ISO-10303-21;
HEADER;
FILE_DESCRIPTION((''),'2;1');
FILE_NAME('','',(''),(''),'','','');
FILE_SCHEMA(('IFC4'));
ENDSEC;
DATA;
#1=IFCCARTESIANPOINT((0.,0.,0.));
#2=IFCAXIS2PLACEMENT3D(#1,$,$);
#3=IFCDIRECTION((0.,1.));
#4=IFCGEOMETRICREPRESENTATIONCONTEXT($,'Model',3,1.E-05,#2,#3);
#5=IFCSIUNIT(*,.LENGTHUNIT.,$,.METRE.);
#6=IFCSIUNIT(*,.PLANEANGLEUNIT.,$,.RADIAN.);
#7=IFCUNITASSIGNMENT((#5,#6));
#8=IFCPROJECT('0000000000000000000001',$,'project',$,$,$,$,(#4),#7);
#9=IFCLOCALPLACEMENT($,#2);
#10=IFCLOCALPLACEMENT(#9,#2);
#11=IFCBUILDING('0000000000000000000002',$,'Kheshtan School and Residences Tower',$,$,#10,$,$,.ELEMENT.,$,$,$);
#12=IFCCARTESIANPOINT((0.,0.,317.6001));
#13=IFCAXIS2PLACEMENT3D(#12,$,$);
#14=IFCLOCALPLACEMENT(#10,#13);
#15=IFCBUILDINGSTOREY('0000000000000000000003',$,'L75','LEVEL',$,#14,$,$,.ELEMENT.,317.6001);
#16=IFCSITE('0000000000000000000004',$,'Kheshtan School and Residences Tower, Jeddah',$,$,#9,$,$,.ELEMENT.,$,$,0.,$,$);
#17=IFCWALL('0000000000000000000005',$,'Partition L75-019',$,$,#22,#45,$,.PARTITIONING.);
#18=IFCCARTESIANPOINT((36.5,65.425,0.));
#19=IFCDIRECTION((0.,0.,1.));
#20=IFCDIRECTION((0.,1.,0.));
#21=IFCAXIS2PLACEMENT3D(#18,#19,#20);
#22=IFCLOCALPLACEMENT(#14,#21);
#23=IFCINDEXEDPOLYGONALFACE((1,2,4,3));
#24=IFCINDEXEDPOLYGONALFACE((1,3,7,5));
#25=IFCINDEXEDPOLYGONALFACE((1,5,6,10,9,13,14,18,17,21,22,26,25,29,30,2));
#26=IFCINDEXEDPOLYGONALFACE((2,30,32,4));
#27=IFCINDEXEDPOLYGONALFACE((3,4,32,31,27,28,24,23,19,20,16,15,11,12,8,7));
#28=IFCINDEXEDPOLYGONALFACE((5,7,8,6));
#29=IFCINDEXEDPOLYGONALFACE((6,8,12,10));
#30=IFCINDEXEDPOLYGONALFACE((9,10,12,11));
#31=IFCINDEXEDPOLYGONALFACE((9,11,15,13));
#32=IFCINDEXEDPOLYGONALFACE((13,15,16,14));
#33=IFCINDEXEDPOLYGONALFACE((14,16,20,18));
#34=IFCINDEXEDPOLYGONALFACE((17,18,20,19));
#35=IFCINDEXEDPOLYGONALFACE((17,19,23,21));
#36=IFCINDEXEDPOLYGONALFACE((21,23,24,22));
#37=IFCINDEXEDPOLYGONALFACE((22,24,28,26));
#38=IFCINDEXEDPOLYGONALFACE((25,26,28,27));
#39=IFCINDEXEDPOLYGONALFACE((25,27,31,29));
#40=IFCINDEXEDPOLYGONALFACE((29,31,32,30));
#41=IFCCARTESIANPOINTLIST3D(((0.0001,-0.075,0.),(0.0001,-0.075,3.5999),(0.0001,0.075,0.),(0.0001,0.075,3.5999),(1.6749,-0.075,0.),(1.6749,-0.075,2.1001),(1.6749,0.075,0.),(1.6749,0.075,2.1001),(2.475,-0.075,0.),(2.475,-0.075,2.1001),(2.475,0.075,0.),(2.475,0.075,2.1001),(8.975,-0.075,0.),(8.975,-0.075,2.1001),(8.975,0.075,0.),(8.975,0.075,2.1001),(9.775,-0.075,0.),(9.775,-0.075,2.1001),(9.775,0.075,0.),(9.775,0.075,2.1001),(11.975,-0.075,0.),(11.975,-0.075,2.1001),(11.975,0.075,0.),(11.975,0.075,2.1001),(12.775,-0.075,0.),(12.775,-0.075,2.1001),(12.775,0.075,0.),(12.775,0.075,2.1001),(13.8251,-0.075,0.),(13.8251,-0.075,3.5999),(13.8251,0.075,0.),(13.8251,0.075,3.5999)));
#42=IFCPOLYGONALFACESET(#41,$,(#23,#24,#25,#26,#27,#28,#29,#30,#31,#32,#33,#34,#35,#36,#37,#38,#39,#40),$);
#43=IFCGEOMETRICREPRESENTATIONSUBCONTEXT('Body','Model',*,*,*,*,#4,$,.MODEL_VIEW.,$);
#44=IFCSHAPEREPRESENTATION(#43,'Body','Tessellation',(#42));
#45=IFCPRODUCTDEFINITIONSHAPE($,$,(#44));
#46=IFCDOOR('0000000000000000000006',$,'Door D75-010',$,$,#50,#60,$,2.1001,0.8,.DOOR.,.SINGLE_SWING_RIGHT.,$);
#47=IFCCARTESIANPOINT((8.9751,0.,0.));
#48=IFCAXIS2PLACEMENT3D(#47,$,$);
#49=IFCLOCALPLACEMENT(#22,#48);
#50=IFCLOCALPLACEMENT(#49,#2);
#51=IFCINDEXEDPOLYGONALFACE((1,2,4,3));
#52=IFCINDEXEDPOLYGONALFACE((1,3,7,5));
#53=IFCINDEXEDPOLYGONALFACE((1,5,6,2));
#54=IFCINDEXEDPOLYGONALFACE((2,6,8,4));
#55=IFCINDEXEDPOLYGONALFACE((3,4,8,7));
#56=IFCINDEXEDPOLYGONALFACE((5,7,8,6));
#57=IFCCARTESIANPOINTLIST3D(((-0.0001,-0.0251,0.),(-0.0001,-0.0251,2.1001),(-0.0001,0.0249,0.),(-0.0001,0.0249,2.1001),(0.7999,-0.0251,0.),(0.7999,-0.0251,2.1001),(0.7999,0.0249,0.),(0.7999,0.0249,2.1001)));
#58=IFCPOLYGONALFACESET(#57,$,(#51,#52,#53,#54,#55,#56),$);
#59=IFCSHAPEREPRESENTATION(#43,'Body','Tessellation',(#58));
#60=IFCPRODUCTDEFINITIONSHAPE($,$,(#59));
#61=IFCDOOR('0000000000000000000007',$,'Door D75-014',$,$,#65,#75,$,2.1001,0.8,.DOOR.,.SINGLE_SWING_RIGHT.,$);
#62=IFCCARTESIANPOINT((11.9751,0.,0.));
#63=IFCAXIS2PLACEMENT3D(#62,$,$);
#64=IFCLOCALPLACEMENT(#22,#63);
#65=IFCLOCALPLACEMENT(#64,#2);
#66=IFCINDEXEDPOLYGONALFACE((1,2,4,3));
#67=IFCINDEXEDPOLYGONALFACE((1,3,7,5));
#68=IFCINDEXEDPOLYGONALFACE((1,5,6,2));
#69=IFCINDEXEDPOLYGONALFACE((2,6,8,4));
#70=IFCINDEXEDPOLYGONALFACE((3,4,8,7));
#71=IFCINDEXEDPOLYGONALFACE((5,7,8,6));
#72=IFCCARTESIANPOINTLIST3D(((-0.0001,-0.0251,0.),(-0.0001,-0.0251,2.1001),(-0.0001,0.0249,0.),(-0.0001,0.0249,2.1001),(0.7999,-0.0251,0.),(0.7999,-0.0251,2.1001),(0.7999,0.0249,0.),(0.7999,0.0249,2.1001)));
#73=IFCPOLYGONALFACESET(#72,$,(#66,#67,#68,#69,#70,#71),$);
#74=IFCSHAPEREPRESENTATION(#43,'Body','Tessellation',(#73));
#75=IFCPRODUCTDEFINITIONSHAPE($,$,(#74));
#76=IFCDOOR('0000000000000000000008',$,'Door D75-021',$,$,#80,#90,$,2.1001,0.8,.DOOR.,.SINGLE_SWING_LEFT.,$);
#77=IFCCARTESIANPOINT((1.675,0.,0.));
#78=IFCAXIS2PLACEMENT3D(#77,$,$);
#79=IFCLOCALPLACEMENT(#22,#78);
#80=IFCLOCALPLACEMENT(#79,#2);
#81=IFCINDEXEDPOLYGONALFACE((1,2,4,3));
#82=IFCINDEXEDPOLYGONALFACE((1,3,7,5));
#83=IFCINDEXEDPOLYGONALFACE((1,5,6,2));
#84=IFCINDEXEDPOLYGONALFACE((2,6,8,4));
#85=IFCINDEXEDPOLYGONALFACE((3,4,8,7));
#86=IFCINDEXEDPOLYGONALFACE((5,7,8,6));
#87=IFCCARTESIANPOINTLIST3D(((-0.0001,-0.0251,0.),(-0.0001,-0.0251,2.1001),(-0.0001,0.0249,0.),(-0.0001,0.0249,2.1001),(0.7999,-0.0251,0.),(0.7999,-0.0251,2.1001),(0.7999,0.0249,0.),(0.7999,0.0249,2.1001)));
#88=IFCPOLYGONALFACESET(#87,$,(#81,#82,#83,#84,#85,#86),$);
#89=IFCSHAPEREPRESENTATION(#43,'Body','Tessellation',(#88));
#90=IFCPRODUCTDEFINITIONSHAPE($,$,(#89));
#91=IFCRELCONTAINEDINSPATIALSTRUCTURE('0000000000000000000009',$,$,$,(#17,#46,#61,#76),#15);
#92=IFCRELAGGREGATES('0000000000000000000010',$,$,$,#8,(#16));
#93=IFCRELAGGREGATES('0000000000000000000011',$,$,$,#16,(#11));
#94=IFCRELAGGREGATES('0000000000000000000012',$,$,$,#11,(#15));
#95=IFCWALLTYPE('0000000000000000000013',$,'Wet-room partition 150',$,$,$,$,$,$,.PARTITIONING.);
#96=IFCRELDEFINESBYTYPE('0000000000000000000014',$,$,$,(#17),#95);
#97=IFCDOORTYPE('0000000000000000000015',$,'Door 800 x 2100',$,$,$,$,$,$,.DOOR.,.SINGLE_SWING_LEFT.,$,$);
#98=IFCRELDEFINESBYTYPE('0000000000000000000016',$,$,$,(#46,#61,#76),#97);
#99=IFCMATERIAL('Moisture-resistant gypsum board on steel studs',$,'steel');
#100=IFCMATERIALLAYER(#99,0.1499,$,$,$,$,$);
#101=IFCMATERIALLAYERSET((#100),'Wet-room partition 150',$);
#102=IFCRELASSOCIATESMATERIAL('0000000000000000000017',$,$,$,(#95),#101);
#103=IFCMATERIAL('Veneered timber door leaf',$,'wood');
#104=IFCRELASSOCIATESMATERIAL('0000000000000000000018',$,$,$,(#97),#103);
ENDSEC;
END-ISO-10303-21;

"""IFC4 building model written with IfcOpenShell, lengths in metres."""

from ifc_helpers import new_model, si_unit, direction, frame, frame_2d, origin, place, context, subcontext, project, spatial, rectangle, extrude, source, transform, mapped, material, layer, layer_set, type_object, element, fill, save


model = new_model("IFC4")

# Units and contexts
model_context = context("Model", 3, precision=1e-05, world=origin(), true_north=direction((0.0, 1.0)))
body_context = subcontext(model_context, "Body", "Model", "MODEL_VIEW")
ifc_project = project(units=[si_unit("LENGTHUNIT", "METRE"), si_unit("PLANEANGLEUNIT", "RADIAN")], contexts=[model_context])

# Site, building, storey
site_placement = place(None, origin())
site = spatial("IfcSite", under=ifc_project, at=site_placement, Name="Kheshtan School and Residences Tower, Jeddah", CompositionType="ELEMENT", RefElevation=0.0)
building_placement = place(site_placement, origin())
building = spatial("IfcBuilding", under=site, at=building_placement, Name="Kheshtan School and Residences Tower", CompositionType="ELEMENT")
storey_placement = place(building_placement, frame((0.0, 0.0, 317.6001)))
storey = spatial("IfcBuildingStorey", under=building, at=storey_placement, Name="L75", Description="LEVEL", CompositionType="ELEMENT", Elevation=317.6001)

# Shared definitions
ifc_material_1 = material(Name="Moisture-resistant gypsum board on steel studs", Category="steel")
ifc_layer_1 = layer(ifc_material_1, 0.1499)
ifc_layer_set_1 = layer_set([ifc_layer_1], Name="Wet-room partition 150")
wall_type_1 = type_object("IfcWallType", Name="Wet-room partition 150", PredefinedType="PARTITIONING", material=ifc_layer_set_1)

# Wall, openings, doors
wall_1_placement = place(storey_placement, frame((36.5, 65.425, 0.0), z_axis=(0.0, 0.0, 1.0), x_axis=(0.0, 1.0, 0.0)))
wall_1 = element("IfcWall", 1, at=wall_1_placement, inside=storey, type_object=wall_type_1, Name="Partition L75-019", PredefinedType="PARTITIONING", context=body_context, shape_type="SweptSolid", body=[
    extrude(rectangle(XDim=13.825, YDim=0.1499, at=frame_2d((6.9126, 0.0))), origin(), (0.0, 0.0, 1.0), 3.5999),
])
opening_1_placement = place(wall_1_placement, frame((8.9751, 0.0, 0.0)))
opening_1 = element("IfcOpeningElement", 2, at=opening_1_placement, cuts=wall_1, PredefinedType="OPENING", context=body_context, shape_type="SweptSolid", body=[
    extrude(rectangle(XDim=0.8, YDim=2.1001, at=frame_2d((0.3999, 1.05))), frame((0.0, 0.085, 0.0), z_axis=(0.0, -1.0, 0.0), x_axis=(1.0, 0.0, 0.0)), (0.0, 0.0, 1.0), 0.1699),
])
opening_2_placement = place(wall_1_placement, frame((11.9751, 0.0, 0.0)))
opening_2 = element("IfcOpeningElement", 3, at=opening_2_placement, cuts=wall_1, PredefinedType="OPENING", context=body_context, shape_type="SweptSolid", body=[
    extrude(rectangle(XDim=0.8, YDim=2.1001, at=frame_2d((0.3999, 1.05))), frame((0.0, 0.085, 0.0), z_axis=(0.0, -1.0, 0.0), x_axis=(1.0, 0.0, 0.0)), (0.0, 0.0, 1.0), 0.1699),
])
opening_3_placement = place(wall_1_placement, frame((1.675, 0.0, 0.0)))
opening_3 = element("IfcOpeningElement", 4, at=opening_3_placement, cuts=wall_1, PredefinedType="OPENING", context=body_context, shape_type="SweptSolid", body=[
    extrude(rectangle(XDim=0.8, YDim=2.1001, at=frame_2d((0.3999, 1.05))), frame((0.0, 0.085, 0.0), z_axis=(0.0, -1.0, 0.0), x_axis=(1.0, 0.0, 0.0)), (0.0, 0.0, 1.0), 0.1699),
])
ifc_material_2 = material(Name="Veneered timber door leaf", Category="wood")
door_type_1 = type_object("IfcDoorType", Name="Door 800 x 2100", OperationType="SINGLE_SWING_LEFT", PredefinedType="DOOR", material=ifc_material_2)
shared_shape_1 = source(origin(), body_context, "Body", "SweptSolid", [
    extrude(rectangle(XDim=0.8, YDim=2.1001, at=frame_2d((0.3999, 1.05))), frame((0.0, 0.0249, 0.0), z_axis=(0.0, -1.0, 0.0), x_axis=(1.0, 0.0, 0.0)), (0.0, 0.0, 1.0), 0.05),
])
door_1_placement = place(opening_1_placement, origin())
door_1 = element("IfcDoor", 5, at=door_1_placement, inside=storey, type_object=door_type_1, Name="Door D75-010", OperationType="SINGLE_SWING_RIGHT", OverallHeight=2.1001, OverallWidth=0.8, PredefinedType="DOOR", context=body_context, shape_type="MappedRepresentation", body=[
    mapped(shared_shape_1, transform((0.0, 0.0, 0.0), x_axis=(1.0, 0.0, 0.0), y_axis=(0.0, 1.0, 0.0), z_axis=(0.0, 0.0, 1.0), scale=1.0)),
])
fill(opening_1, door_1)
door_2_placement = place(opening_2_placement, origin())
door_2 = element("IfcDoor", 6, at=door_2_placement, inside=storey, type_object=door_type_1, Name="Door D75-014", OperationType="SINGLE_SWING_RIGHT", OverallHeight=2.1001, OverallWidth=0.8, PredefinedType="DOOR", context=body_context, shape_type="MappedRepresentation", body=[
    mapped(shared_shape_1, transform((0.0, 0.0, 0.0), x_axis=(1.0, 0.0, 0.0), y_axis=(0.0, 1.0, 0.0), z_axis=(0.0, 0.0, 1.0), scale=1.0)),
])
fill(opening_2, door_2)
door_3_placement = place(opening_3_placement, origin())
door_3 = element("IfcDoor", 7, at=door_3_placement, inside=storey, type_object=door_type_1, Name="Door D75-021", OperationType="SINGLE_SWING_LEFT", OverallHeight=2.1001, OverallWidth=0.8, PredefinedType="DOOR", context=body_context, shape_type="MappedRepresentation", body=[
    mapped(shared_shape_1, transform((0.0, 0.0, 0.0), x_axis=(1.0, 0.0, 0.0), y_axis=(0.0, 1.0, 0.0), z_axis=(0.0, 0.0, 1.0), scale=1.0)),
])
fill(opening_3, door_3)

save(model, "model.ifc")
